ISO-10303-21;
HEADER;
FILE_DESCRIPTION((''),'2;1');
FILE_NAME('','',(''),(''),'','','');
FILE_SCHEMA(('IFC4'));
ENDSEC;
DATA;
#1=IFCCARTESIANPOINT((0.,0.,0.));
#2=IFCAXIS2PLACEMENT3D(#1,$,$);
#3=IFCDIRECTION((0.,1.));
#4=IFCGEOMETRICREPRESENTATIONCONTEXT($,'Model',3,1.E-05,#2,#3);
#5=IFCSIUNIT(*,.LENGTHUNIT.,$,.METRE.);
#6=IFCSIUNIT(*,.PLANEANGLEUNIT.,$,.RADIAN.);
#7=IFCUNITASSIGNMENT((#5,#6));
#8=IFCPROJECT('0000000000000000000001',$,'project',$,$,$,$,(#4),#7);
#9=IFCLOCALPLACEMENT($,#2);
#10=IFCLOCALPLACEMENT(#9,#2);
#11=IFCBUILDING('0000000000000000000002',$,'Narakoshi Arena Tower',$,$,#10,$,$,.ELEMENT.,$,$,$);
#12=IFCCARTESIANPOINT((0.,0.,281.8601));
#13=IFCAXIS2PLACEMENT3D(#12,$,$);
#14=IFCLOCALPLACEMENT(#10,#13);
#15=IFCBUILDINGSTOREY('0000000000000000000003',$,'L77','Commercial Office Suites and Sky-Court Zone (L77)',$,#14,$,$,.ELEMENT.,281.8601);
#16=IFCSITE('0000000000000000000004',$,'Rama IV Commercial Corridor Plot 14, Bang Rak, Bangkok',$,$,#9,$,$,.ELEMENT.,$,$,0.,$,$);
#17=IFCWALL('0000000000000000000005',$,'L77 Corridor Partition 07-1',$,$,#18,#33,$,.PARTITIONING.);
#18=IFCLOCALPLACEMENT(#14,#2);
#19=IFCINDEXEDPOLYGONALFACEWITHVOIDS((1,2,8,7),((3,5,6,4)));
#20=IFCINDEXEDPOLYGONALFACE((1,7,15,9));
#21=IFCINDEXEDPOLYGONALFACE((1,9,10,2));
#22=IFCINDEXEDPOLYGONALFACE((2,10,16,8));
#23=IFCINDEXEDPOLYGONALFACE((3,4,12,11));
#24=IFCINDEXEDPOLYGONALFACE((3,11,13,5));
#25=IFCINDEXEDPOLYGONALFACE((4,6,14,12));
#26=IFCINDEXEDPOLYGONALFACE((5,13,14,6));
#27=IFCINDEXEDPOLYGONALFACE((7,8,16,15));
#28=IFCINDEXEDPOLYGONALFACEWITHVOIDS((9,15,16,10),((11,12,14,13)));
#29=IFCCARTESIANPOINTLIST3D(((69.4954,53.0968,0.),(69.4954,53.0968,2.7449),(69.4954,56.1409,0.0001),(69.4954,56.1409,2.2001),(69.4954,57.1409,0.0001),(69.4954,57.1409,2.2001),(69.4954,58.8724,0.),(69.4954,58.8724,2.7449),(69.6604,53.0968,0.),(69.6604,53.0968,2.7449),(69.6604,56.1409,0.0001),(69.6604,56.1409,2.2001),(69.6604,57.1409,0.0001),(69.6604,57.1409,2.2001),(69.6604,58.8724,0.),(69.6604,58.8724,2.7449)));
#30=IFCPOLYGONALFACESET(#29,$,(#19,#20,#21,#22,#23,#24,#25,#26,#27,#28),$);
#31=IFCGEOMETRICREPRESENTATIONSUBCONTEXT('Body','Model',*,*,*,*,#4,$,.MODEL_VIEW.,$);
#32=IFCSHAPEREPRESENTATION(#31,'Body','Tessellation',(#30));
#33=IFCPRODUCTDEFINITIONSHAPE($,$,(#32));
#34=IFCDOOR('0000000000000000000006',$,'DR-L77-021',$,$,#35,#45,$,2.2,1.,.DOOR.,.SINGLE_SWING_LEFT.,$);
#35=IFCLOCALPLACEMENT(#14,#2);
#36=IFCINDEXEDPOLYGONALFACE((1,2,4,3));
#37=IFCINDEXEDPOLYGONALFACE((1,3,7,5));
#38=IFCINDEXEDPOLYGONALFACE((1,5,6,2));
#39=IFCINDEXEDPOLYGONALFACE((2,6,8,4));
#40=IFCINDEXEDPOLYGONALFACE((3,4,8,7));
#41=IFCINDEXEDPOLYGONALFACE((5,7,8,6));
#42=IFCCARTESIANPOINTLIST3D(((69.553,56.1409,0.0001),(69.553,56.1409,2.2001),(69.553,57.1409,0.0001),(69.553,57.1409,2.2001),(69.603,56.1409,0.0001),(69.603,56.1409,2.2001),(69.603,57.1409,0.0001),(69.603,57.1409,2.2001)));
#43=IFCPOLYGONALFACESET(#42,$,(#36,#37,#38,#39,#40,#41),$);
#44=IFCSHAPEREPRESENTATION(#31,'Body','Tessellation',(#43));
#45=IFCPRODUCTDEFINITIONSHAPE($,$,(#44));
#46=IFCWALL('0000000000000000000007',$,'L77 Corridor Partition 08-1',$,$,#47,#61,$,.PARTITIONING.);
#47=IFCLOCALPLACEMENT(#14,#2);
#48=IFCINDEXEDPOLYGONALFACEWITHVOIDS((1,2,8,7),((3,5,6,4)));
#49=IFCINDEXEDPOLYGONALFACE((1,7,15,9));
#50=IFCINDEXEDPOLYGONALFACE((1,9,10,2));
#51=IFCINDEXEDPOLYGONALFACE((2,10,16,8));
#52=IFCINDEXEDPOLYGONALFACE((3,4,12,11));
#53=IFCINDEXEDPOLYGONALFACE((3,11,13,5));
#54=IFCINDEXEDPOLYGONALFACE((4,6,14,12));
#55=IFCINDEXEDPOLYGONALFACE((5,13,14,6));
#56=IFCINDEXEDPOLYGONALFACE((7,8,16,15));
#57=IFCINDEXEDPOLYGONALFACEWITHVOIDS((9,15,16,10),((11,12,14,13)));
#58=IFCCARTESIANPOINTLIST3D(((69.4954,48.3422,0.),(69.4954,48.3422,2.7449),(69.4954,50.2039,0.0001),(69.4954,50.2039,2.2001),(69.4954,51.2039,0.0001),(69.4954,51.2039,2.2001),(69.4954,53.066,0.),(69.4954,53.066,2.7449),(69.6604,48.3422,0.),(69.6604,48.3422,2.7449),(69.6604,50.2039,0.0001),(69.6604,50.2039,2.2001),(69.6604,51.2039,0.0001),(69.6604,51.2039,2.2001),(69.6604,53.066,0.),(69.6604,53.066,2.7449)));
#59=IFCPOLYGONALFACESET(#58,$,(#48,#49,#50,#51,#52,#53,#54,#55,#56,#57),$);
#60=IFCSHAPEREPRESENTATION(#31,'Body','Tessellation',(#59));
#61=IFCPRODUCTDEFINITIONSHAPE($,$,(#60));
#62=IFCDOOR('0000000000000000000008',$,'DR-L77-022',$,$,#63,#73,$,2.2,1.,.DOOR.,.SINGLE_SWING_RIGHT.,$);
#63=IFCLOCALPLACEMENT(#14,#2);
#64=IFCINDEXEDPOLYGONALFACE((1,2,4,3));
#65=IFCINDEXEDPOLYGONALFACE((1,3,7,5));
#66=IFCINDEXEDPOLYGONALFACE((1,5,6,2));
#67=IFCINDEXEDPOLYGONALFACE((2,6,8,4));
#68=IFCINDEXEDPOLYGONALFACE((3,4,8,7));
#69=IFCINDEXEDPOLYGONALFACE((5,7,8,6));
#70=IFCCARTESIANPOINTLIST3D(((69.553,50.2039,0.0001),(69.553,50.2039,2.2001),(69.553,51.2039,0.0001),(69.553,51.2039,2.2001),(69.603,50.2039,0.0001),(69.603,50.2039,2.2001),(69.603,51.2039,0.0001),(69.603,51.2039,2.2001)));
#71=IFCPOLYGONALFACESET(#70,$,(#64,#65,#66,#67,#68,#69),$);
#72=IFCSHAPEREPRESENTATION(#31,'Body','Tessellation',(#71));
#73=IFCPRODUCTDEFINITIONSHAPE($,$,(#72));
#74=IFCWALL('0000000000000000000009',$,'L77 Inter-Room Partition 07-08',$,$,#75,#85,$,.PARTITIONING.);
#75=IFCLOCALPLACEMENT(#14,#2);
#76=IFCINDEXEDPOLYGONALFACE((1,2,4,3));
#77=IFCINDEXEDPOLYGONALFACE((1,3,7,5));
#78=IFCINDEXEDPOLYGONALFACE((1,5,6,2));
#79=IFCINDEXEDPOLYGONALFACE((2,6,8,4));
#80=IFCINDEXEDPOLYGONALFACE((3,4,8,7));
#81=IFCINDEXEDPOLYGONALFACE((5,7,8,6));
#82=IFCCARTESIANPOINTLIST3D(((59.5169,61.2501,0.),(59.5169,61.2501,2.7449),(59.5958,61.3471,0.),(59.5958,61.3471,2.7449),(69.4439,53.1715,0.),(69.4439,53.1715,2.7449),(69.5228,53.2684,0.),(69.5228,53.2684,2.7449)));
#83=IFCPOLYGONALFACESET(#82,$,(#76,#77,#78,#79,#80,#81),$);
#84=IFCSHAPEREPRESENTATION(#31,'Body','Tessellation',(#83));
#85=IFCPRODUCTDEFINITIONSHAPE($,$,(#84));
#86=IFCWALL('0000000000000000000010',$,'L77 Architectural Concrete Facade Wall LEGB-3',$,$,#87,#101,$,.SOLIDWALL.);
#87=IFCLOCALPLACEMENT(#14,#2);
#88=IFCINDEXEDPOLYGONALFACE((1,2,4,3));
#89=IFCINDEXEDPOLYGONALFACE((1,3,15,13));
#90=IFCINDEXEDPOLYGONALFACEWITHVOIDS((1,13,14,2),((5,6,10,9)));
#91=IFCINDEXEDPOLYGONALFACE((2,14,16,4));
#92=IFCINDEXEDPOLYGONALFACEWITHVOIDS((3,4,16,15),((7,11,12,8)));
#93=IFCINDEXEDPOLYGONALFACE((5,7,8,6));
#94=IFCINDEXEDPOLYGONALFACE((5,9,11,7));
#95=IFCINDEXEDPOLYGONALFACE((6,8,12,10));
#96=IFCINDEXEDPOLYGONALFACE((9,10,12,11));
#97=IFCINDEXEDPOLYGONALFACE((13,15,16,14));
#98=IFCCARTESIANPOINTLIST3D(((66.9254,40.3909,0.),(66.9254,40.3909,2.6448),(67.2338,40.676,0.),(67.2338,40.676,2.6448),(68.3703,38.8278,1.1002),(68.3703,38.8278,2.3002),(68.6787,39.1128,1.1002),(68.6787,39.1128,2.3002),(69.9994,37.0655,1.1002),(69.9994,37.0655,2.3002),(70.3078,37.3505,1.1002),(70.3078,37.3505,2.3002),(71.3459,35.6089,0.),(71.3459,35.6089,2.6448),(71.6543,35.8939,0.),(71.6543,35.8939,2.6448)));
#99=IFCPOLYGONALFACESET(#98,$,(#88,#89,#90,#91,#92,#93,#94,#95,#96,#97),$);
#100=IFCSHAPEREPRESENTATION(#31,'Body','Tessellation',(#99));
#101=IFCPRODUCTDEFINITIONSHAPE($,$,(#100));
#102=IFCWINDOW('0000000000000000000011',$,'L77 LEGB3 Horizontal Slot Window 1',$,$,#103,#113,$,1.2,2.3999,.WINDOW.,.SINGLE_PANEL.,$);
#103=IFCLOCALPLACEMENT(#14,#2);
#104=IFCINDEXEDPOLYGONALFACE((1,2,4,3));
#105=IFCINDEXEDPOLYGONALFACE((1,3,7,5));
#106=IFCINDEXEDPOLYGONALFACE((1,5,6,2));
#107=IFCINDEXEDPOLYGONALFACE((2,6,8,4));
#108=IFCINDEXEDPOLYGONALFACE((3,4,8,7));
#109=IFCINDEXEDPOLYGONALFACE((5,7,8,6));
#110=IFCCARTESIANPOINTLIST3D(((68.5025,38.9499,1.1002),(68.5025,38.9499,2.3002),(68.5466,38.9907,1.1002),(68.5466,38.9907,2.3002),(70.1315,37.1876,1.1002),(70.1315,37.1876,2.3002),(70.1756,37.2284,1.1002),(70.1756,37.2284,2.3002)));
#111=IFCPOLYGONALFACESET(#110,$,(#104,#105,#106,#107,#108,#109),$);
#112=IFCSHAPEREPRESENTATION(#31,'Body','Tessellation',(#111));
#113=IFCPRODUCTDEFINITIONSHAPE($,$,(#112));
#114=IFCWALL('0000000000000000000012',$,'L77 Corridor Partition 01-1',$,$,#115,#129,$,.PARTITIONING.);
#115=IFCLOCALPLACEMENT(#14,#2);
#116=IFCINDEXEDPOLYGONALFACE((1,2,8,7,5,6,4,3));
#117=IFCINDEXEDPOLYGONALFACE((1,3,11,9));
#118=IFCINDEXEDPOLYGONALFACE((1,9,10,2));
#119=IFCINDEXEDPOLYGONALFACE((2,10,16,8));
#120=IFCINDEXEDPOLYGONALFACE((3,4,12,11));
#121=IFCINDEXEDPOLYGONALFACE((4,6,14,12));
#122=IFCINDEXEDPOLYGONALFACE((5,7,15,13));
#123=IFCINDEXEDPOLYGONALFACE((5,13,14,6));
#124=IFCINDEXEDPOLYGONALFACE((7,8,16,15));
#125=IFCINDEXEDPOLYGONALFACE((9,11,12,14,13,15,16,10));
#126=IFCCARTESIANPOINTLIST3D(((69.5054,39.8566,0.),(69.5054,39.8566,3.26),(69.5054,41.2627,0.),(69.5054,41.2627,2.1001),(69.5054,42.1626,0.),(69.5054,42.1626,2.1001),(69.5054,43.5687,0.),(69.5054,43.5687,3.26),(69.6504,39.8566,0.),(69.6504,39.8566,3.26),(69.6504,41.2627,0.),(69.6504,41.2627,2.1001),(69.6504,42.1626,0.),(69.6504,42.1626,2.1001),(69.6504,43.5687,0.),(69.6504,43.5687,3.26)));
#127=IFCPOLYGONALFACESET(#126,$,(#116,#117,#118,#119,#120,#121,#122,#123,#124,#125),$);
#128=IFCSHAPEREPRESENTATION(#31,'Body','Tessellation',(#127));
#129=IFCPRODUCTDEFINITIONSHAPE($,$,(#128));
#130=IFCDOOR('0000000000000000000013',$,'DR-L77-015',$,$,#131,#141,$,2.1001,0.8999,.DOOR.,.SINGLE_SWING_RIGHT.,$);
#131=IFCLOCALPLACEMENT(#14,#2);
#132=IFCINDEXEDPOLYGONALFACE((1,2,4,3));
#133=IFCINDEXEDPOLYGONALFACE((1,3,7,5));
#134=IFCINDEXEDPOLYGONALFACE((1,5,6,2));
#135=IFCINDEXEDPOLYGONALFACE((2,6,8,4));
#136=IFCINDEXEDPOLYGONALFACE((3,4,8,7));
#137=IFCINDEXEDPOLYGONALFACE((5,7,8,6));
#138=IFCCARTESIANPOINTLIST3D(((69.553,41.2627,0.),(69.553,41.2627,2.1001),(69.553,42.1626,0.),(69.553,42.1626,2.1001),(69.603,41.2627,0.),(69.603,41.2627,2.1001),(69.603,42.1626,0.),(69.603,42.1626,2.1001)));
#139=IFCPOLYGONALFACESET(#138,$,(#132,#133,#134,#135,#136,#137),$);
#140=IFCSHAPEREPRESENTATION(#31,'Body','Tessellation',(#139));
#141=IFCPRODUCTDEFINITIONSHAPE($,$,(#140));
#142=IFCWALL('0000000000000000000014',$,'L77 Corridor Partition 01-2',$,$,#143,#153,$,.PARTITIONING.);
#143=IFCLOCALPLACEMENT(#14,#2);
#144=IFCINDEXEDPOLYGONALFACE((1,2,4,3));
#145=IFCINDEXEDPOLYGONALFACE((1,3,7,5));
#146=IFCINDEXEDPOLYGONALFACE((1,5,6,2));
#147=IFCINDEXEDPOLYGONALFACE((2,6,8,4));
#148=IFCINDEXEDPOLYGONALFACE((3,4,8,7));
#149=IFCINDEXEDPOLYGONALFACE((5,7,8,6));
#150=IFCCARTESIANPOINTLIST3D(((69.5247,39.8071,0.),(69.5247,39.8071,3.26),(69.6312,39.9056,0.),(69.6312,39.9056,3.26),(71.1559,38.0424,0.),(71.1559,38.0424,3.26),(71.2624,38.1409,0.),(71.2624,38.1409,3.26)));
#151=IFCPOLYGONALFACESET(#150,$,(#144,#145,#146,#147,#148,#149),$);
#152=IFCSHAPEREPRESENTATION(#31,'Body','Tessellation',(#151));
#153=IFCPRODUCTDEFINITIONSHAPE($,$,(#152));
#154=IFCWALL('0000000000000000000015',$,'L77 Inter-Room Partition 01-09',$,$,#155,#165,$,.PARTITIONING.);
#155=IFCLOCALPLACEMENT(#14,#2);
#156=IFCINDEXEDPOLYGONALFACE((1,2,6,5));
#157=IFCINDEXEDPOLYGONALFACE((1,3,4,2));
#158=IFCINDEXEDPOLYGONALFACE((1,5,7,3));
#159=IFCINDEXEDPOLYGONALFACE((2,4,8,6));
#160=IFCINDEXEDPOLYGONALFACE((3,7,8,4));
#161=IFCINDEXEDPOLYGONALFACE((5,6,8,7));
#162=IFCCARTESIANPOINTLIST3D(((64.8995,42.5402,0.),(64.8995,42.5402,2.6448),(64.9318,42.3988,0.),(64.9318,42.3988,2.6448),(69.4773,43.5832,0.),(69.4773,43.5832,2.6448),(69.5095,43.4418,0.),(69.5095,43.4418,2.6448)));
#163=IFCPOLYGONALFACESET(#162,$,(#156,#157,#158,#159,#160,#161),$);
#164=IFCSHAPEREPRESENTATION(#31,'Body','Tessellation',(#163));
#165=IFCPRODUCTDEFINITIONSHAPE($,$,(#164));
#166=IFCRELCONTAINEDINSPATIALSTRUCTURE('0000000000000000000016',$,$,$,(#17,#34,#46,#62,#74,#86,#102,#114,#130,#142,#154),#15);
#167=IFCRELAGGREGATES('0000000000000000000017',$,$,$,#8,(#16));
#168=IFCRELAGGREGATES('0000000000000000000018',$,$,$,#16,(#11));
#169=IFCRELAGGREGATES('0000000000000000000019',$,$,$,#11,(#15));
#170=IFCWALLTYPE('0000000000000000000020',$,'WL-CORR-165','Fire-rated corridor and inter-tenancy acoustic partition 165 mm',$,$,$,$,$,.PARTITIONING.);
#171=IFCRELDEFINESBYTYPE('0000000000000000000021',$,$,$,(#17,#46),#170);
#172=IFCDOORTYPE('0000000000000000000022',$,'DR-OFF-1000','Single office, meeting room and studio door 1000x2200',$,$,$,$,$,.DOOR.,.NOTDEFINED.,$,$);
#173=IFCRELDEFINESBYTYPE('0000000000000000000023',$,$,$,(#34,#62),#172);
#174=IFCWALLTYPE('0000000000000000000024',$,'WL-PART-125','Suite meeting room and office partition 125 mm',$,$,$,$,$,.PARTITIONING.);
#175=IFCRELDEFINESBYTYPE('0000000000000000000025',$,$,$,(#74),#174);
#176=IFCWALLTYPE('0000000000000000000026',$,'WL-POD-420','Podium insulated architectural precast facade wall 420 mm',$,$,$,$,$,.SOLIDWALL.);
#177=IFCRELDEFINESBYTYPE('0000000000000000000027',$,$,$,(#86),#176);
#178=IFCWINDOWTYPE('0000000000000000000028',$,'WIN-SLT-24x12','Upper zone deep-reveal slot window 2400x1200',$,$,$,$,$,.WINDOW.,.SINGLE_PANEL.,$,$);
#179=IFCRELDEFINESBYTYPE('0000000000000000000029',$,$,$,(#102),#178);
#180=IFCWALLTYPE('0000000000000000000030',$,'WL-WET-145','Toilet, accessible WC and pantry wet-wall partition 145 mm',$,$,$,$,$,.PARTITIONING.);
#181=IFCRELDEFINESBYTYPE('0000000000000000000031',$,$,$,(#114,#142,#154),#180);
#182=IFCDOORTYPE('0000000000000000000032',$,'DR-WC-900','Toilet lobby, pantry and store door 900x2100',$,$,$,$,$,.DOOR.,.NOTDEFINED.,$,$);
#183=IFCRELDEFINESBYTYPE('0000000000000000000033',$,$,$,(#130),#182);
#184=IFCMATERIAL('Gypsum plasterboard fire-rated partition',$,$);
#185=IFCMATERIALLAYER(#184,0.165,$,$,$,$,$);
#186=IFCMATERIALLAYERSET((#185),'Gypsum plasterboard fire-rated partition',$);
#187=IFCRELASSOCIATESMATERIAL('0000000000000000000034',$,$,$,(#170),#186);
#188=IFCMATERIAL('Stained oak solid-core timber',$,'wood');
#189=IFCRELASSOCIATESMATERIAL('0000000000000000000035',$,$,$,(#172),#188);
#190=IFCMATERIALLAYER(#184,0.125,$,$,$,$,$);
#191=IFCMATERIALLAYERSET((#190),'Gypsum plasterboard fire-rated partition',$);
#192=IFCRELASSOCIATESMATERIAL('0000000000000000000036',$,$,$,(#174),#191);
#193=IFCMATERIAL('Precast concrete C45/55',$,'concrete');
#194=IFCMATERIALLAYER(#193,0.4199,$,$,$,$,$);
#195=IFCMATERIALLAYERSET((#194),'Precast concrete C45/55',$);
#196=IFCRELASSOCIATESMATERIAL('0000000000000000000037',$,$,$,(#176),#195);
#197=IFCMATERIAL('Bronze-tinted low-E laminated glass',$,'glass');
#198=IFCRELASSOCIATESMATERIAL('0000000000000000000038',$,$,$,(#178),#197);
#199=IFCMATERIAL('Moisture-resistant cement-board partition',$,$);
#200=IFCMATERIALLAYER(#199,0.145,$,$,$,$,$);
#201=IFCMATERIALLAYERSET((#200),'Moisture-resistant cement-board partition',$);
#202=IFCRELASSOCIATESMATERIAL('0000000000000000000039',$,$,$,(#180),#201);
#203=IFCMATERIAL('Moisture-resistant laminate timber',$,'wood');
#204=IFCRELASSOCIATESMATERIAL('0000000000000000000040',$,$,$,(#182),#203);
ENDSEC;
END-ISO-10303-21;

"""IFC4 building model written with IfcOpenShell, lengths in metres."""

from ifc_helpers import new_model, si_unit, direction, frame, frame_2d, origin, place, context, subcontext, project, spatial, rectangle, extrude, material, layer, layer_set, type_object, element, fill, save


model = new_model("IFC4")

# Units and contexts
model_context = context("Model", 3, precision=1e-05, world=origin(), true_north=direction((0.0, 1.0)))
body_context = subcontext(model_context, "Body", "Model", "MODEL_VIEW")
ifc_project = project(units=[si_unit("LENGTHUNIT", "METRE"), si_unit("PLANEANGLEUNIT", "RADIAN")], contexts=[model_context])

# Site, building, storey
site_placement = place(None, origin())
site = spatial("IfcSite", under=ifc_project, at=site_placement, Name="Rama IV Commercial Corridor Plot 14, Bang Rak, Bangkok", CompositionType="ELEMENT", RefElevation=0.0)
building_placement = place(site_placement, origin())
building = spatial("IfcBuilding", under=site, at=building_placement, Name="Narakoshi Arena Tower", CompositionType="ELEMENT")
storey_placement = place(building_placement, frame((0.0, 0.0, 281.8601)))
storey = spatial("IfcBuildingStorey", under=building, at=storey_placement, Name="L77", Description="Commercial Office Suites and Sky-Court Zone (L77)", CompositionType="ELEMENT", Elevation=281.8601)

# Shared definitions
ifc_material_1 = material(Name="Bronze-tinted low-E laminated glass", Category="glass")

# Walls, openings, doors
ifc_material_2 = material(Name="Gypsum plasterboard fire-rated partition")
ifc_layer_1 = layer(ifc_material_2, 0.165)
ifc_layer_set_1 = layer_set([ifc_layer_1], Name="Gypsum plasterboard fire-rated partition")
wall_type_1 = type_object("IfcWallType", Name="WL-CORR-165", Description="Fire-rated corridor and inter-tenancy acoustic partition 165 mm", PredefinedType="PARTITIONING", material=ifc_layer_set_1)
wall_1_placement = place(storey_placement, frame((69.5779, 58.8723, 0.0), z_axis=(0.0, 0.0, 1.0), x_axis=(0.0, -1.0, 0.0)))
wall_1 = element("IfcWall", 1, at=wall_1_placement, inside=storey, type_object=wall_type_1, Name="L77 Corridor Partition 07-1", PredefinedType="PARTITIONING", context=body_context, shape_type="SweptSolid", body=[
    extrude(rectangle(XDim=5.7756, YDim=0.165, at=frame_2d((2.8877, 0.0))), origin(), (0.0, 0.0, 1.0), 2.7449),
])
opening_1_placement = place(wall_1_placement, frame((1.7314, 0.0, 0.0)))
opening_1 = element("IfcOpeningElement", 2, at=opening_1_placement, cuts=wall_1, PredefinedType="OPENING", context=body_context, shape_type="SweptSolid", body=[
    extrude(rectangle(XDim=1.0, YDim=2.2, at=frame_2d((0.5, 1.1001))), frame((0.0, 0.0925, 0.0), z_axis=(0.0, -1.0, 0.0), x_axis=(1.0, 0.0, 0.0)), (0.0, 0.0, 1.0), 0.1851),
])
ifc_material_3 = material(Name="Stained oak solid-core timber", Category="wood")
door_type_1 = type_object("IfcDoorType", Name="DR-OFF-1000", Description="Single office, meeting room and studio door 1000x2200", OperationType="NOTDEFINED", PredefinedType="DOOR", material=ifc_material_3)
door_1_placement = place(opening_1_placement, frame((1.0, 0.0, 0.0), z_axis=(0.0, 0.0, 1.0), x_axis=(-1.0, 0.0, 0.0)))
door_1 = element("IfcDoor", 3, at=door_1_placement, inside=storey, type_object=door_type_1, Name="DR-L77-021", OperationType="SINGLE_SWING_LEFT", OverallHeight=2.2, OverallWidth=1.0, PredefinedType="DOOR", context=body_context, shape_type="SweptSolid", body=[
    extrude(rectangle(XDim=1.0, YDim=2.2, at=frame_2d((0.5, 1.1001))), frame((0.0, 0.0249, 0.0), z_axis=(0.0, -1.0, 0.0), x_axis=(1.0, 0.0, 0.0)), (0.0, 0.0, 1.0), 0.05),
])
fill(opening_1, door_1)
wall_2_placement = place(storey_placement, frame((69.5779, 53.0659, 0.0), z_axis=(0.0, 0.0, 1.0), x_axis=(0.0, -1.0, 0.0)))
wall_2 = element("IfcWall", 4, at=wall_2_placement, inside=storey, type_object=wall_type_1, Name="L77 Corridor Partition 08-1", PredefinedType="PARTITIONING", context=body_context, shape_type="SweptSolid", body=[
    extrude(rectangle(XDim=4.7239, YDim=0.165, at=frame_2d((2.3618, 0.0))), origin(), (0.0, 0.0, 1.0), 2.7449),
])
opening_2_placement = place(wall_2_placement, frame((1.8621, 0.0, 0.0)))
opening_2 = element("IfcOpeningElement", 5, at=opening_2_placement, cuts=wall_2, PredefinedType="OPENING", context=body_context, shape_type="SweptSolid", body=[
    extrude(rectangle(XDim=1.0, YDim=2.2, at=frame_2d((0.5, 1.1001))), frame((0.0, 0.0925, 0.0), z_axis=(0.0, -1.0, 0.0), x_axis=(1.0, 0.0, 0.0)), (0.0, 0.0, 1.0), 0.1851),
])
door_2_placement = place(opening_2_placement, frame((1.0, 0.0, 0.0), z_axis=(0.0, 0.0, 1.0), x_axis=(-1.0, 0.0, 0.0)))
door_2 = element("IfcDoor", 6, at=door_2_placement, inside=storey, type_object=door_type_1, Name="DR-L77-022", OperationType="SINGLE_SWING_RIGHT", OverallHeight=2.2, OverallWidth=1.0, PredefinedType="DOOR", context=body_context, shape_type="SweptSolid", body=[
    extrude(rectangle(XDim=1.0, YDim=2.2, at=frame_2d((0.5, 1.1001))), frame((0.0, 0.0249, 0.0), z_axis=(0.0, -1.0, 0.0), x_axis=(1.0, 0.0, 0.0)), (0.0, 0.0, 1.0), 0.05),
])
fill(opening_2, door_2)

# Wall
ifc_layer_2 = layer(ifc_material_2, 0.125)
ifc_layer_set_2 = layer_set([ifc_layer_2], Name="Gypsum plasterboard fire-rated partition")
wall_type_2 = type_object("IfcWallType", Name="WL-PART-125", Description="Suite meeting room and office partition 125 mm", PredefinedType="PARTITIONING", material=ifc_layer_set_2)
wall_3_placement = place(storey_placement, frame((69.4834, 53.22, 0.0), z_axis=(0.0, 0.0, 1.0), x_axis=(-0.77562, 0.631201, 0.0)))
element("IfcWall", 7, at=wall_3_placement, inside=storey, type_object=wall_type_2, Name="L77 Inter-Room Partition 07-08", PredefinedType="PARTITIONING", context=body_context, shape_type="SweptSolid", body=[
    extrude(rectangle(XDim=12.7988, YDim=0.125, at=frame_2d((6.3994, 0.0))), origin(), (0.0, 0.0, 1.0), 2.7449),
])

# Wall, opening, window
ifc_material_4 = material(Name="Precast concrete C45/55", Category="concrete")
ifc_layer_3 = layer(ifc_material_4, 0.4199)
ifc_layer_set_3 = layer_set([ifc_layer_3], Name="Precast concrete C45/55")
wall_type_3 = type_object("IfcWallType", Name="WL-POD-420", Description="Podium insulated architectural precast facade wall 420 mm", PredefinedType="SOLIDWALL", material=ifc_layer_set_3)
wall_4_placement = place(storey_placement, frame((67.0796, 40.5334, 0.0), z_axis=(0.0, 0.0, 1.0), x_axis=(0.6788, -0.734323, 0.0)))
wall_4 = element("IfcWall", 8, at=wall_4_placement, inside=storey, type_object=wall_type_3, Name="L77 Architectural Concrete Facade Wall LEGB-3", PredefinedType="SOLIDWALL", context=body_context, shape_type="SweptSolid", body=[
    extrude(rectangle(XDim=6.5122, YDim=0.4199, at=frame_2d((3.2561, 0.0))), origin(), (0.0, 0.0, 1.0), 2.6448),
])
opening_3_placement = place(wall_4_placement, frame((2.1287, 0.0, 1.1001)))
opening_3 = element("IfcOpeningElement", 9, at=opening_3_placement, cuts=wall_4, PredefinedType="OPENING", context=body_context, shape_type="SweptSolid", body=[
    extrude(rectangle(XDim=2.3999, YDim=1.2, at=frame_2d((1.2, 0.6001))), frame((0.0, 0.22, 0.0), z_axis=(0.0, -1.0, 0.0), x_axis=(1.0, 0.0, 0.0)), (0.0, 0.0, 1.0), 0.4399),
])
window_type = type_object("IfcWindowType", Name="WIN-SLT-24x12", Description="Upper zone deep-reveal slot window 2400x1200", PartitioningType="SINGLE_PANEL", PredefinedType="WINDOW", material=ifc_material_1)
window_placement = place(opening_3_placement, origin())
window = element("IfcWindow", 10, at=window_placement, inside=storey, type_object=window_type, Name="L77 LEGB3 Horizontal Slot Window 1", OverallHeight=1.2, OverallWidth=2.3999, PartitioningType="SINGLE_PANEL", PredefinedType="WINDOW", context=body_context, shape_type="SweptSolid", body=[
    extrude(rectangle(XDim=2.3999, YDim=1.2, at=frame_2d((1.2, 0.6001))), frame((0.0, 0.03, 0.0), z_axis=(0.0, -1.0, 0.0), x_axis=(1.0, 0.0, 0.0)), (0.0, 0.0, 1.0), 0.0601),
])
fill(opening_3, window)

# Wall, opening, door
ifc_material_5 = material(Name="Moisture-resistant cement-board partition")
ifc_layer_4 = layer(ifc_material_5, 0.145)
ifc_layer_set_4 = layer_set([ifc_layer_4], Name="Moisture-resistant cement-board partition")
wall_type_4 = type_object("IfcWallType", Name="WL-WET-145", Description="Toilet, accessible WC and pantry wet-wall partition 145 mm", PredefinedType="PARTITIONING", material=ifc_layer_set_4)
wall_5_placement = place(storey_placement, frame((69.5779, 43.5686, 0.0), z_axis=(0.0, 0.0, 1.0), x_axis=(0.0, -1.0, 0.0)))
wall_5 = element("IfcWall", 11, at=wall_5_placement, inside=storey, type_object=wall_type_4, Name="L77 Corridor Partition 01-1", PredefinedType="PARTITIONING", context=body_context, shape_type="SweptSolid", body=[
    extrude(rectangle(XDim=3.7122, YDim=0.145, at=frame_2d((1.856, 0.0))), origin(), (0.0, 0.0, 1.0), 3.26),
])
opening_4_placement = place(wall_5_placement, frame((1.406, 0.0, 0.0)))
opening_4 = element("IfcOpeningElement", 12, at=opening_4_placement, cuts=wall_5, PredefinedType="OPENING", context=body_context, shape_type="SweptSolid", body=[
    extrude(rectangle(XDim=0.8999, YDim=2.1001, at=frame_2d((0.45, 1.05))), frame((0.0, 0.0825, 0.0), z_axis=(0.0, -1.0, 0.0), x_axis=(1.0, 0.0, 0.0)), (0.0, 0.0, 1.0), 0.165),
])
ifc_material_6 = material(Name="Moisture-resistant laminate timber", Category="wood")
door_type_2 = type_object("IfcDoorType", Name="DR-WC-900", Description="Toilet lobby, pantry and store door 900x2100", OperationType="NOTDEFINED", PredefinedType="DOOR", material=ifc_material_6)
door_3_placement = place(opening_4_placement, frame((0.8999, 0.0, 0.0), z_axis=(0.0, 0.0, 1.0), x_axis=(-1.0, 0.0, 0.0)))
door_3 = element("IfcDoor", 13, at=door_3_placement, inside=storey, type_object=door_type_2, Name="DR-L77-015", OperationType="SINGLE_SWING_RIGHT", OverallHeight=2.1001, OverallWidth=0.8999, PredefinedType="DOOR", context=body_context, shape_type="SweptSolid", body=[
    extrude(rectangle(XDim=0.8999, YDim=2.1001, at=frame_2d((0.45, 1.05))), frame((0.0, 0.0249, 0.0), z_axis=(0.0, -1.0, 0.0), x_axis=(1.0, 0.0, 0.0)), (0.0, 0.0, 1.0), 0.05),
])
fill(opening_4, door_3)

# Walls
wall_6_placement = place(storey_placement, frame((69.5779, 39.8564, 0.0), z_axis=(0.0, 0.0, 1.0), x_axis=(0.678774, -0.734348, 0.0)))
element("IfcWall", 14, at=wall_6_placement, inside=storey, type_object=wall_type_4, Name="L77 Corridor Partition 01-2", PredefinedType="PARTITIONING", context=body_context, shape_type="SweptSolid", body=[
    extrude(rectangle(XDim=2.4031, YDim=0.145, at=frame_2d((1.2017, 0.0))), origin(), (0.0, 0.0, 1.0), 3.26),
])
wall_7_placement = place(storey_placement, frame((64.9155, 42.4695, 0.0), z_axis=(0.0, 0.0, 1.0), x_axis=(0.975016, 0.222136, 0.0)))
element("IfcWall", 15, at=wall_7_placement, inside=storey, type_object=wall_type_4, Name="L77 Inter-Room Partition 01-09", PredefinedType="PARTITIONING", context=body_context, shape_type="SweptSolid", body=[
    extrude(rectangle(XDim=4.6951, YDim=0.145, at=frame_2d((2.3477, 0.0))), origin(), (0.0, 0.0, 1.0), 2.6448),
])

save(model, "model.ifc")
